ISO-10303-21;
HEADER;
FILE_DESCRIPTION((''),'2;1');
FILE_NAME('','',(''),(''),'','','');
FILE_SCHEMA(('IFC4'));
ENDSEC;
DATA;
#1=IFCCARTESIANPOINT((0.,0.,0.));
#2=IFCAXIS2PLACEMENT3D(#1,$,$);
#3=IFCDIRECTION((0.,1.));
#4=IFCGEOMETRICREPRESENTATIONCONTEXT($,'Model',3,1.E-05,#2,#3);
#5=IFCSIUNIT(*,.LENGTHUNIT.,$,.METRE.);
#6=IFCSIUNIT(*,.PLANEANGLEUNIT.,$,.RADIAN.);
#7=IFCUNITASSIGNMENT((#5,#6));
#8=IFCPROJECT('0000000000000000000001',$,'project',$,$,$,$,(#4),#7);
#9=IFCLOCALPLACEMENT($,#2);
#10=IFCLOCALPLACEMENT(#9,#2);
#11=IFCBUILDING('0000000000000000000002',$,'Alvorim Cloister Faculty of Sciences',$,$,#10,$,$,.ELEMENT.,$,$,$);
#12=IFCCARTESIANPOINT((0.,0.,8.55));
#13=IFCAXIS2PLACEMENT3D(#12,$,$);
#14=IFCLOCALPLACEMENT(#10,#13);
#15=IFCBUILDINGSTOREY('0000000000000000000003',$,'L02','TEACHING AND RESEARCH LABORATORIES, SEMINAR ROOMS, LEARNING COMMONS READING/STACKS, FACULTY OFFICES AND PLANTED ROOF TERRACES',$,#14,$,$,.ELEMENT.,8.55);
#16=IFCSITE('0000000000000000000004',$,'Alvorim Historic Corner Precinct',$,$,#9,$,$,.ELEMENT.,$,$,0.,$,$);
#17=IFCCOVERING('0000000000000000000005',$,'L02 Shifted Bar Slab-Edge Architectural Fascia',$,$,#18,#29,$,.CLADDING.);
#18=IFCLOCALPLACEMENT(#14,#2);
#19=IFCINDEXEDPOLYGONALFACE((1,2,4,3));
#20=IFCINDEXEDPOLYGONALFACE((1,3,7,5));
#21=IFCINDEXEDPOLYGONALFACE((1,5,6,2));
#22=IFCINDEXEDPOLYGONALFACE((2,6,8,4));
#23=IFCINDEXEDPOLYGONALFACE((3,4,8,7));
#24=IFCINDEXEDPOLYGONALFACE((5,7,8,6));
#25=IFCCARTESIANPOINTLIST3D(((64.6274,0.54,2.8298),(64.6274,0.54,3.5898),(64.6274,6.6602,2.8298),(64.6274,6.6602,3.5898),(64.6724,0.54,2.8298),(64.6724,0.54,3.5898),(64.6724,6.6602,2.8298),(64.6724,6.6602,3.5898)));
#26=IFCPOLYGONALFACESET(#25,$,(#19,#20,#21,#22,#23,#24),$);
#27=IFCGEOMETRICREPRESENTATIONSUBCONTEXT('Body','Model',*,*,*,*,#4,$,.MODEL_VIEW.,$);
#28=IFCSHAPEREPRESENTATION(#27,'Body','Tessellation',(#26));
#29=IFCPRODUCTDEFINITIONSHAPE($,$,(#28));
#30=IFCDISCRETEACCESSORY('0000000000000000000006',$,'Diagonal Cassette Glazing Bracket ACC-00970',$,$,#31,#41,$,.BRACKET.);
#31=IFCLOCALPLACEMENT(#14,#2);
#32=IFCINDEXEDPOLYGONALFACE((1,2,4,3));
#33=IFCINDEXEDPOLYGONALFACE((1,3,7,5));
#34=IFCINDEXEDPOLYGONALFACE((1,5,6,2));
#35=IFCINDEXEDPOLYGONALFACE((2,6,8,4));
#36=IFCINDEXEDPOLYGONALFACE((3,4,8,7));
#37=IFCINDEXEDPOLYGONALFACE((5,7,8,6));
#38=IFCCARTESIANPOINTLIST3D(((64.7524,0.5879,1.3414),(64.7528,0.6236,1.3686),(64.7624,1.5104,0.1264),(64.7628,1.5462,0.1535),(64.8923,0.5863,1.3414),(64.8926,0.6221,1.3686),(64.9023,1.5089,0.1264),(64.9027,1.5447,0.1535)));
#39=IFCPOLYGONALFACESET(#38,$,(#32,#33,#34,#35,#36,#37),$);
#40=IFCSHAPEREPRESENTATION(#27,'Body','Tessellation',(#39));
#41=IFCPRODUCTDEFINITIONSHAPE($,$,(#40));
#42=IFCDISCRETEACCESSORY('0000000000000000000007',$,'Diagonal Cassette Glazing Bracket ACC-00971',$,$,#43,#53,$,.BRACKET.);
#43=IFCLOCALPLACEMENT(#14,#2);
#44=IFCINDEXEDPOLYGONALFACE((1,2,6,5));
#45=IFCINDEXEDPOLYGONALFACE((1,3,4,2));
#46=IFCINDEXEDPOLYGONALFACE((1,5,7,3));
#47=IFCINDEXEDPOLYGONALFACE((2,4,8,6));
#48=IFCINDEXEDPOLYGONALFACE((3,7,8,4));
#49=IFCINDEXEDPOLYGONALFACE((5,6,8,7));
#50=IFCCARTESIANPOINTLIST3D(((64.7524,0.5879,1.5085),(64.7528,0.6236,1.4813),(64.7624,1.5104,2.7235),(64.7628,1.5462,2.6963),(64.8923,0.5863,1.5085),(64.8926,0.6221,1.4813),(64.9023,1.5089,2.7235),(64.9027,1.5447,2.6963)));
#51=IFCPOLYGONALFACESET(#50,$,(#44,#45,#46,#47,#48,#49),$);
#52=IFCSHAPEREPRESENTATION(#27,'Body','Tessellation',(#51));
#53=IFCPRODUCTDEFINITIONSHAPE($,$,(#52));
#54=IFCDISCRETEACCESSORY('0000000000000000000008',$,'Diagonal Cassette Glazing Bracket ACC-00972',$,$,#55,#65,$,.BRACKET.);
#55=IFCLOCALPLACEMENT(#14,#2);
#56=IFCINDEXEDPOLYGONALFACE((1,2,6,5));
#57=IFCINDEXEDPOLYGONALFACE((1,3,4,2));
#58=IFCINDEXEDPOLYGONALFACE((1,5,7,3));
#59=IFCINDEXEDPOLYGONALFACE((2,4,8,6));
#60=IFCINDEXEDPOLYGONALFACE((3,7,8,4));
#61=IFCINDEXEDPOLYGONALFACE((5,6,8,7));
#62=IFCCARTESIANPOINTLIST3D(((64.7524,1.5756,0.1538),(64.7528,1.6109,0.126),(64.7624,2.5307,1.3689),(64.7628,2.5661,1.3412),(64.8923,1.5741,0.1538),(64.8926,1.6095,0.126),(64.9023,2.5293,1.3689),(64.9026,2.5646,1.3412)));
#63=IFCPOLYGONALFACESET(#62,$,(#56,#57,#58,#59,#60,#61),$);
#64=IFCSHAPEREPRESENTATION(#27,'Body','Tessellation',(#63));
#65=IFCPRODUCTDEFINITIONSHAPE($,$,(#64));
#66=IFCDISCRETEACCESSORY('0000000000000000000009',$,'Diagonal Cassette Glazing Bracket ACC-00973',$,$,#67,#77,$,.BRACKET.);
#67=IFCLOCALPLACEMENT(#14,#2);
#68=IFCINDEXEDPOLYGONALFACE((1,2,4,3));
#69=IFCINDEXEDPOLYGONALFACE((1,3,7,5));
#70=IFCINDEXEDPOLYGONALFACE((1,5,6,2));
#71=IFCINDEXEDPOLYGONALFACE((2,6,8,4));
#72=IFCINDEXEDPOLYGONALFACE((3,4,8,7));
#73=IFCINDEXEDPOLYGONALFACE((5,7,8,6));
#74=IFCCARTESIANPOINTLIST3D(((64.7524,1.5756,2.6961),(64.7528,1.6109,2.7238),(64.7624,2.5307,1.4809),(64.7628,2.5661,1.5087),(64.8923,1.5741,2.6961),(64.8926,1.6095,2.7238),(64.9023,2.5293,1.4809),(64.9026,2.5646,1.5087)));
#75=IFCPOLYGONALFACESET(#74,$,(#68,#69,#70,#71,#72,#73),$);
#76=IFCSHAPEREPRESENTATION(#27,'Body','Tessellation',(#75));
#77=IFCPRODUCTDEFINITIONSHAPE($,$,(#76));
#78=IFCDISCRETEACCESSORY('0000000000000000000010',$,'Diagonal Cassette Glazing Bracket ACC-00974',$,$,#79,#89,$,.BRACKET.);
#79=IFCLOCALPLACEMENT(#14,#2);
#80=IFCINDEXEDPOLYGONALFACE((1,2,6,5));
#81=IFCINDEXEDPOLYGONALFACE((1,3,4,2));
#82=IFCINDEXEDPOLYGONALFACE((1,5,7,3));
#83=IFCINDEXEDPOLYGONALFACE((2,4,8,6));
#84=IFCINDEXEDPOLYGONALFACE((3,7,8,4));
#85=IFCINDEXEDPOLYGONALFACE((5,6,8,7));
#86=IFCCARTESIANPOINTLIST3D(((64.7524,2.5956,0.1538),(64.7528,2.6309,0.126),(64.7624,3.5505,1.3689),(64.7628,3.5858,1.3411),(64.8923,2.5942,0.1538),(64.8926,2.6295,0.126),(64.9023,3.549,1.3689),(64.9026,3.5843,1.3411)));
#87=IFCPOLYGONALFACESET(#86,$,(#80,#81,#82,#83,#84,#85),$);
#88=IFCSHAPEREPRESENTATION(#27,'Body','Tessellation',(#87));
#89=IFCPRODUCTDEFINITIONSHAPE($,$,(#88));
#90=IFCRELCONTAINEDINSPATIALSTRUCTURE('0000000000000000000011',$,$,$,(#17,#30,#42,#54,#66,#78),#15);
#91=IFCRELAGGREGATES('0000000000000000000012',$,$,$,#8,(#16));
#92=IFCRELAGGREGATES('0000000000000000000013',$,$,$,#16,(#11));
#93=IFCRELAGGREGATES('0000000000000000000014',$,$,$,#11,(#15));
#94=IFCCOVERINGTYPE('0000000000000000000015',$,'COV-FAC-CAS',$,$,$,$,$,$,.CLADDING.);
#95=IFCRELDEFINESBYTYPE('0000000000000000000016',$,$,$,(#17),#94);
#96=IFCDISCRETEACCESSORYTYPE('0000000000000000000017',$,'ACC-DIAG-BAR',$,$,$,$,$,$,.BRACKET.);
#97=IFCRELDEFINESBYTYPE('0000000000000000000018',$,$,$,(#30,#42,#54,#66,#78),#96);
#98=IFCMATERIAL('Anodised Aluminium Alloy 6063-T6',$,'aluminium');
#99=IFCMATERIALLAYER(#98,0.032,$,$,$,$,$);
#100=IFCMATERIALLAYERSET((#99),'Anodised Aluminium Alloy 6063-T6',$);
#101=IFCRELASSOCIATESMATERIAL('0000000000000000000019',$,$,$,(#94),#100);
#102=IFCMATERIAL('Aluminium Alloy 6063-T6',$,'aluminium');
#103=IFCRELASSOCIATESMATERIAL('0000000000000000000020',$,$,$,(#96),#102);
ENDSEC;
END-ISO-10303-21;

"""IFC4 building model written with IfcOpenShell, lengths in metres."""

from ifc_helpers import new_model, si_unit, direction, frame, origin, origin_2d, place, context, subcontext, project, spatial, polyline, rectangle, outline, extrude, material, layer, layer_set, type_object, element, save


model = new_model("IFC4")

# Units and contexts
model_context = context("Model", 3, precision=1e-05, world=origin(), true_north=direction((0.0, 1.0)))
body_context = subcontext(model_context, "Body", "Model", "MODEL_VIEW")
ifc_project = project(units=[si_unit("LENGTHUNIT", "METRE"), si_unit("PLANEANGLEUNIT", "RADIAN")], contexts=[model_context])

# Site, building, storey
site_placement = place(None, origin())
site = spatial("IfcSite", under=ifc_project, at=site_placement, Name="Alvorim Historic Corner Precinct", CompositionType="ELEMENT", RefElevation=0.0)
building_placement = place(site_placement, origin())
building = spatial("IfcBuilding", under=site, at=building_placement, Name="Alvorim Cloister Faculty of Sciences", CompositionType="ELEMENT")
storey_placement = place(building_placement, frame((0.0, 0.0, 8.55)))
storey = spatial("IfcBuildingStorey", under=building, at=storey_placement, Name="L02", Description="TEACHING AND RESEARCH LABORATORIES, SEMINAR ROOMS, LEARNING COMMONS READING/STACKS, FACULTY OFFICES AND PLANTED ROOF TERRACES", CompositionType="ELEMENT", Elevation=8.55)

# Shared definitions
ifc_material_1 = material(Name="Aluminium Alloy 6063-T6", Category="aluminium")

# Covering
ifc_material_2 = material(Name="Anodised Aluminium Alloy 6063-T6", Category="aluminium")
ifc_layer_1 = layer(ifc_material_2, 0.032)
ifc_layer_set_1 = layer_set([ifc_layer_1], Name="Anodised Aluminium Alloy 6063-T6")
covering_type = type_object("IfcCoveringType", Name="COV-FAC-CAS", PredefinedType="CLADDING", material=ifc_layer_set_1)
covering_placement = place(storey_placement, frame((64.6499, 0.54, 2.8298), z_axis=(0.0, 0.0, 1.0), x_axis=(0.0, 1.0, 0.0)))
element("IfcCovering", 1, at=covering_placement, inside=storey, type_object=covering_type, Name="L02 Shifted Bar Slab-Edge Architectural Fascia", PredefinedType="CLADDING", context=body_context, shape_type="SweptSolid", body=[
    extrude(outline(polyline([(0.0, 0.0), (6.1201, 0.0), (6.1201, 0.76), (0.0, 0.76), (0.0, 0.0)])), frame((0.0, 0.0225, 0.0), z_axis=(0.0, -1.0, 0.0), x_axis=(1.0, 0.0, 0.0)), (0.0, 0.0, 1.0), 0.0449),
])

# Discrete accessories
discrete_accessory_type = type_object("IfcDiscreteAccessoryType", Name="ACC-DIAG-BAR", PredefinedType="BRACKET", material=ifc_material_1)
for number, where, z_axis, x_axis, name in (
    (2, (64.8225, 0.605, 1.355), (0.006561, 0.604713, -0.796416), (-0.999941, 0.010849, 0.0), "Diagonal Cassette Glazing Bracket ACC-00970"),
    (3, (64.8225, 0.605, 1.4949), (0.006561, 0.604713, 0.796416), (-0.999941, 0.010849, 0.0), "Diagonal Cassette Glazing Bracket ACC-00971"),
):
    element("IfcDiscreteAccessory", number, at=place(storey_placement, frame(where, z_axis=z_axis, x_axis=x_axis)), inside=storey, type_object=discrete_accessory_type, Name=name, PredefinedType="BRACKET", context=body_context, shape_type="SweptSolid", body=[
        extrude(rectangle(XDim=0.1399, YDim=0.0449, at=origin_2d()), origin(), (0.0, 0.0, 1.0), 1.5256),
    ])
for number, where, z_axis, x_axis, name in (
    (4, (64.8225, 1.5925, 0.1399), (0.006477, 0.617955, 0.786187), (-0.999945, 0.01048, 0.0), "Diagonal Cassette Glazing Bracket ACC-00972"),
    (5, (64.8225, 1.5925, 2.71), (0.006477, 0.617955, -0.786187), (-0.999945, 0.01048, 0.0), "Diagonal Cassette Glazing Bracket ACC-00973"),
):
    element("IfcDiscreteAccessory", number, at=place(storey_placement, frame(where, z_axis=z_axis, x_axis=x_axis)), inside=storey, type_object=discrete_accessory_type, Name=name, PredefinedType="BRACKET", context=body_context, shape_type="SweptSolid", body=[
        extrude(rectangle(XDim=0.1399, YDim=0.0449, at=origin_2d()), origin(), (0.0, 0.0, 1.0), 1.5457),
    ])
discrete_accessory_placement = place(storey_placement, frame((64.8225, 2.6125, 0.1399), z_axis=(0.006477, 0.617857, 0.786263), x_axis=(-0.999945, 0.010483, 0.0)))
element("IfcDiscreteAccessory", 6, at=discrete_accessory_placement, inside=storey, type_object=discrete_accessory_type, Name="Diagonal Cassette Glazing Bracket ACC-00974", PredefinedType="BRACKET", context=body_context, shape_type="SweptSolid", body=[
    extrude(rectangle(XDim=0.1399, YDim=0.0449, at=origin_2d()), origin(), (0.0, 0.0, 1.0), 1.5454),
])

save(model, "model.ifc")
